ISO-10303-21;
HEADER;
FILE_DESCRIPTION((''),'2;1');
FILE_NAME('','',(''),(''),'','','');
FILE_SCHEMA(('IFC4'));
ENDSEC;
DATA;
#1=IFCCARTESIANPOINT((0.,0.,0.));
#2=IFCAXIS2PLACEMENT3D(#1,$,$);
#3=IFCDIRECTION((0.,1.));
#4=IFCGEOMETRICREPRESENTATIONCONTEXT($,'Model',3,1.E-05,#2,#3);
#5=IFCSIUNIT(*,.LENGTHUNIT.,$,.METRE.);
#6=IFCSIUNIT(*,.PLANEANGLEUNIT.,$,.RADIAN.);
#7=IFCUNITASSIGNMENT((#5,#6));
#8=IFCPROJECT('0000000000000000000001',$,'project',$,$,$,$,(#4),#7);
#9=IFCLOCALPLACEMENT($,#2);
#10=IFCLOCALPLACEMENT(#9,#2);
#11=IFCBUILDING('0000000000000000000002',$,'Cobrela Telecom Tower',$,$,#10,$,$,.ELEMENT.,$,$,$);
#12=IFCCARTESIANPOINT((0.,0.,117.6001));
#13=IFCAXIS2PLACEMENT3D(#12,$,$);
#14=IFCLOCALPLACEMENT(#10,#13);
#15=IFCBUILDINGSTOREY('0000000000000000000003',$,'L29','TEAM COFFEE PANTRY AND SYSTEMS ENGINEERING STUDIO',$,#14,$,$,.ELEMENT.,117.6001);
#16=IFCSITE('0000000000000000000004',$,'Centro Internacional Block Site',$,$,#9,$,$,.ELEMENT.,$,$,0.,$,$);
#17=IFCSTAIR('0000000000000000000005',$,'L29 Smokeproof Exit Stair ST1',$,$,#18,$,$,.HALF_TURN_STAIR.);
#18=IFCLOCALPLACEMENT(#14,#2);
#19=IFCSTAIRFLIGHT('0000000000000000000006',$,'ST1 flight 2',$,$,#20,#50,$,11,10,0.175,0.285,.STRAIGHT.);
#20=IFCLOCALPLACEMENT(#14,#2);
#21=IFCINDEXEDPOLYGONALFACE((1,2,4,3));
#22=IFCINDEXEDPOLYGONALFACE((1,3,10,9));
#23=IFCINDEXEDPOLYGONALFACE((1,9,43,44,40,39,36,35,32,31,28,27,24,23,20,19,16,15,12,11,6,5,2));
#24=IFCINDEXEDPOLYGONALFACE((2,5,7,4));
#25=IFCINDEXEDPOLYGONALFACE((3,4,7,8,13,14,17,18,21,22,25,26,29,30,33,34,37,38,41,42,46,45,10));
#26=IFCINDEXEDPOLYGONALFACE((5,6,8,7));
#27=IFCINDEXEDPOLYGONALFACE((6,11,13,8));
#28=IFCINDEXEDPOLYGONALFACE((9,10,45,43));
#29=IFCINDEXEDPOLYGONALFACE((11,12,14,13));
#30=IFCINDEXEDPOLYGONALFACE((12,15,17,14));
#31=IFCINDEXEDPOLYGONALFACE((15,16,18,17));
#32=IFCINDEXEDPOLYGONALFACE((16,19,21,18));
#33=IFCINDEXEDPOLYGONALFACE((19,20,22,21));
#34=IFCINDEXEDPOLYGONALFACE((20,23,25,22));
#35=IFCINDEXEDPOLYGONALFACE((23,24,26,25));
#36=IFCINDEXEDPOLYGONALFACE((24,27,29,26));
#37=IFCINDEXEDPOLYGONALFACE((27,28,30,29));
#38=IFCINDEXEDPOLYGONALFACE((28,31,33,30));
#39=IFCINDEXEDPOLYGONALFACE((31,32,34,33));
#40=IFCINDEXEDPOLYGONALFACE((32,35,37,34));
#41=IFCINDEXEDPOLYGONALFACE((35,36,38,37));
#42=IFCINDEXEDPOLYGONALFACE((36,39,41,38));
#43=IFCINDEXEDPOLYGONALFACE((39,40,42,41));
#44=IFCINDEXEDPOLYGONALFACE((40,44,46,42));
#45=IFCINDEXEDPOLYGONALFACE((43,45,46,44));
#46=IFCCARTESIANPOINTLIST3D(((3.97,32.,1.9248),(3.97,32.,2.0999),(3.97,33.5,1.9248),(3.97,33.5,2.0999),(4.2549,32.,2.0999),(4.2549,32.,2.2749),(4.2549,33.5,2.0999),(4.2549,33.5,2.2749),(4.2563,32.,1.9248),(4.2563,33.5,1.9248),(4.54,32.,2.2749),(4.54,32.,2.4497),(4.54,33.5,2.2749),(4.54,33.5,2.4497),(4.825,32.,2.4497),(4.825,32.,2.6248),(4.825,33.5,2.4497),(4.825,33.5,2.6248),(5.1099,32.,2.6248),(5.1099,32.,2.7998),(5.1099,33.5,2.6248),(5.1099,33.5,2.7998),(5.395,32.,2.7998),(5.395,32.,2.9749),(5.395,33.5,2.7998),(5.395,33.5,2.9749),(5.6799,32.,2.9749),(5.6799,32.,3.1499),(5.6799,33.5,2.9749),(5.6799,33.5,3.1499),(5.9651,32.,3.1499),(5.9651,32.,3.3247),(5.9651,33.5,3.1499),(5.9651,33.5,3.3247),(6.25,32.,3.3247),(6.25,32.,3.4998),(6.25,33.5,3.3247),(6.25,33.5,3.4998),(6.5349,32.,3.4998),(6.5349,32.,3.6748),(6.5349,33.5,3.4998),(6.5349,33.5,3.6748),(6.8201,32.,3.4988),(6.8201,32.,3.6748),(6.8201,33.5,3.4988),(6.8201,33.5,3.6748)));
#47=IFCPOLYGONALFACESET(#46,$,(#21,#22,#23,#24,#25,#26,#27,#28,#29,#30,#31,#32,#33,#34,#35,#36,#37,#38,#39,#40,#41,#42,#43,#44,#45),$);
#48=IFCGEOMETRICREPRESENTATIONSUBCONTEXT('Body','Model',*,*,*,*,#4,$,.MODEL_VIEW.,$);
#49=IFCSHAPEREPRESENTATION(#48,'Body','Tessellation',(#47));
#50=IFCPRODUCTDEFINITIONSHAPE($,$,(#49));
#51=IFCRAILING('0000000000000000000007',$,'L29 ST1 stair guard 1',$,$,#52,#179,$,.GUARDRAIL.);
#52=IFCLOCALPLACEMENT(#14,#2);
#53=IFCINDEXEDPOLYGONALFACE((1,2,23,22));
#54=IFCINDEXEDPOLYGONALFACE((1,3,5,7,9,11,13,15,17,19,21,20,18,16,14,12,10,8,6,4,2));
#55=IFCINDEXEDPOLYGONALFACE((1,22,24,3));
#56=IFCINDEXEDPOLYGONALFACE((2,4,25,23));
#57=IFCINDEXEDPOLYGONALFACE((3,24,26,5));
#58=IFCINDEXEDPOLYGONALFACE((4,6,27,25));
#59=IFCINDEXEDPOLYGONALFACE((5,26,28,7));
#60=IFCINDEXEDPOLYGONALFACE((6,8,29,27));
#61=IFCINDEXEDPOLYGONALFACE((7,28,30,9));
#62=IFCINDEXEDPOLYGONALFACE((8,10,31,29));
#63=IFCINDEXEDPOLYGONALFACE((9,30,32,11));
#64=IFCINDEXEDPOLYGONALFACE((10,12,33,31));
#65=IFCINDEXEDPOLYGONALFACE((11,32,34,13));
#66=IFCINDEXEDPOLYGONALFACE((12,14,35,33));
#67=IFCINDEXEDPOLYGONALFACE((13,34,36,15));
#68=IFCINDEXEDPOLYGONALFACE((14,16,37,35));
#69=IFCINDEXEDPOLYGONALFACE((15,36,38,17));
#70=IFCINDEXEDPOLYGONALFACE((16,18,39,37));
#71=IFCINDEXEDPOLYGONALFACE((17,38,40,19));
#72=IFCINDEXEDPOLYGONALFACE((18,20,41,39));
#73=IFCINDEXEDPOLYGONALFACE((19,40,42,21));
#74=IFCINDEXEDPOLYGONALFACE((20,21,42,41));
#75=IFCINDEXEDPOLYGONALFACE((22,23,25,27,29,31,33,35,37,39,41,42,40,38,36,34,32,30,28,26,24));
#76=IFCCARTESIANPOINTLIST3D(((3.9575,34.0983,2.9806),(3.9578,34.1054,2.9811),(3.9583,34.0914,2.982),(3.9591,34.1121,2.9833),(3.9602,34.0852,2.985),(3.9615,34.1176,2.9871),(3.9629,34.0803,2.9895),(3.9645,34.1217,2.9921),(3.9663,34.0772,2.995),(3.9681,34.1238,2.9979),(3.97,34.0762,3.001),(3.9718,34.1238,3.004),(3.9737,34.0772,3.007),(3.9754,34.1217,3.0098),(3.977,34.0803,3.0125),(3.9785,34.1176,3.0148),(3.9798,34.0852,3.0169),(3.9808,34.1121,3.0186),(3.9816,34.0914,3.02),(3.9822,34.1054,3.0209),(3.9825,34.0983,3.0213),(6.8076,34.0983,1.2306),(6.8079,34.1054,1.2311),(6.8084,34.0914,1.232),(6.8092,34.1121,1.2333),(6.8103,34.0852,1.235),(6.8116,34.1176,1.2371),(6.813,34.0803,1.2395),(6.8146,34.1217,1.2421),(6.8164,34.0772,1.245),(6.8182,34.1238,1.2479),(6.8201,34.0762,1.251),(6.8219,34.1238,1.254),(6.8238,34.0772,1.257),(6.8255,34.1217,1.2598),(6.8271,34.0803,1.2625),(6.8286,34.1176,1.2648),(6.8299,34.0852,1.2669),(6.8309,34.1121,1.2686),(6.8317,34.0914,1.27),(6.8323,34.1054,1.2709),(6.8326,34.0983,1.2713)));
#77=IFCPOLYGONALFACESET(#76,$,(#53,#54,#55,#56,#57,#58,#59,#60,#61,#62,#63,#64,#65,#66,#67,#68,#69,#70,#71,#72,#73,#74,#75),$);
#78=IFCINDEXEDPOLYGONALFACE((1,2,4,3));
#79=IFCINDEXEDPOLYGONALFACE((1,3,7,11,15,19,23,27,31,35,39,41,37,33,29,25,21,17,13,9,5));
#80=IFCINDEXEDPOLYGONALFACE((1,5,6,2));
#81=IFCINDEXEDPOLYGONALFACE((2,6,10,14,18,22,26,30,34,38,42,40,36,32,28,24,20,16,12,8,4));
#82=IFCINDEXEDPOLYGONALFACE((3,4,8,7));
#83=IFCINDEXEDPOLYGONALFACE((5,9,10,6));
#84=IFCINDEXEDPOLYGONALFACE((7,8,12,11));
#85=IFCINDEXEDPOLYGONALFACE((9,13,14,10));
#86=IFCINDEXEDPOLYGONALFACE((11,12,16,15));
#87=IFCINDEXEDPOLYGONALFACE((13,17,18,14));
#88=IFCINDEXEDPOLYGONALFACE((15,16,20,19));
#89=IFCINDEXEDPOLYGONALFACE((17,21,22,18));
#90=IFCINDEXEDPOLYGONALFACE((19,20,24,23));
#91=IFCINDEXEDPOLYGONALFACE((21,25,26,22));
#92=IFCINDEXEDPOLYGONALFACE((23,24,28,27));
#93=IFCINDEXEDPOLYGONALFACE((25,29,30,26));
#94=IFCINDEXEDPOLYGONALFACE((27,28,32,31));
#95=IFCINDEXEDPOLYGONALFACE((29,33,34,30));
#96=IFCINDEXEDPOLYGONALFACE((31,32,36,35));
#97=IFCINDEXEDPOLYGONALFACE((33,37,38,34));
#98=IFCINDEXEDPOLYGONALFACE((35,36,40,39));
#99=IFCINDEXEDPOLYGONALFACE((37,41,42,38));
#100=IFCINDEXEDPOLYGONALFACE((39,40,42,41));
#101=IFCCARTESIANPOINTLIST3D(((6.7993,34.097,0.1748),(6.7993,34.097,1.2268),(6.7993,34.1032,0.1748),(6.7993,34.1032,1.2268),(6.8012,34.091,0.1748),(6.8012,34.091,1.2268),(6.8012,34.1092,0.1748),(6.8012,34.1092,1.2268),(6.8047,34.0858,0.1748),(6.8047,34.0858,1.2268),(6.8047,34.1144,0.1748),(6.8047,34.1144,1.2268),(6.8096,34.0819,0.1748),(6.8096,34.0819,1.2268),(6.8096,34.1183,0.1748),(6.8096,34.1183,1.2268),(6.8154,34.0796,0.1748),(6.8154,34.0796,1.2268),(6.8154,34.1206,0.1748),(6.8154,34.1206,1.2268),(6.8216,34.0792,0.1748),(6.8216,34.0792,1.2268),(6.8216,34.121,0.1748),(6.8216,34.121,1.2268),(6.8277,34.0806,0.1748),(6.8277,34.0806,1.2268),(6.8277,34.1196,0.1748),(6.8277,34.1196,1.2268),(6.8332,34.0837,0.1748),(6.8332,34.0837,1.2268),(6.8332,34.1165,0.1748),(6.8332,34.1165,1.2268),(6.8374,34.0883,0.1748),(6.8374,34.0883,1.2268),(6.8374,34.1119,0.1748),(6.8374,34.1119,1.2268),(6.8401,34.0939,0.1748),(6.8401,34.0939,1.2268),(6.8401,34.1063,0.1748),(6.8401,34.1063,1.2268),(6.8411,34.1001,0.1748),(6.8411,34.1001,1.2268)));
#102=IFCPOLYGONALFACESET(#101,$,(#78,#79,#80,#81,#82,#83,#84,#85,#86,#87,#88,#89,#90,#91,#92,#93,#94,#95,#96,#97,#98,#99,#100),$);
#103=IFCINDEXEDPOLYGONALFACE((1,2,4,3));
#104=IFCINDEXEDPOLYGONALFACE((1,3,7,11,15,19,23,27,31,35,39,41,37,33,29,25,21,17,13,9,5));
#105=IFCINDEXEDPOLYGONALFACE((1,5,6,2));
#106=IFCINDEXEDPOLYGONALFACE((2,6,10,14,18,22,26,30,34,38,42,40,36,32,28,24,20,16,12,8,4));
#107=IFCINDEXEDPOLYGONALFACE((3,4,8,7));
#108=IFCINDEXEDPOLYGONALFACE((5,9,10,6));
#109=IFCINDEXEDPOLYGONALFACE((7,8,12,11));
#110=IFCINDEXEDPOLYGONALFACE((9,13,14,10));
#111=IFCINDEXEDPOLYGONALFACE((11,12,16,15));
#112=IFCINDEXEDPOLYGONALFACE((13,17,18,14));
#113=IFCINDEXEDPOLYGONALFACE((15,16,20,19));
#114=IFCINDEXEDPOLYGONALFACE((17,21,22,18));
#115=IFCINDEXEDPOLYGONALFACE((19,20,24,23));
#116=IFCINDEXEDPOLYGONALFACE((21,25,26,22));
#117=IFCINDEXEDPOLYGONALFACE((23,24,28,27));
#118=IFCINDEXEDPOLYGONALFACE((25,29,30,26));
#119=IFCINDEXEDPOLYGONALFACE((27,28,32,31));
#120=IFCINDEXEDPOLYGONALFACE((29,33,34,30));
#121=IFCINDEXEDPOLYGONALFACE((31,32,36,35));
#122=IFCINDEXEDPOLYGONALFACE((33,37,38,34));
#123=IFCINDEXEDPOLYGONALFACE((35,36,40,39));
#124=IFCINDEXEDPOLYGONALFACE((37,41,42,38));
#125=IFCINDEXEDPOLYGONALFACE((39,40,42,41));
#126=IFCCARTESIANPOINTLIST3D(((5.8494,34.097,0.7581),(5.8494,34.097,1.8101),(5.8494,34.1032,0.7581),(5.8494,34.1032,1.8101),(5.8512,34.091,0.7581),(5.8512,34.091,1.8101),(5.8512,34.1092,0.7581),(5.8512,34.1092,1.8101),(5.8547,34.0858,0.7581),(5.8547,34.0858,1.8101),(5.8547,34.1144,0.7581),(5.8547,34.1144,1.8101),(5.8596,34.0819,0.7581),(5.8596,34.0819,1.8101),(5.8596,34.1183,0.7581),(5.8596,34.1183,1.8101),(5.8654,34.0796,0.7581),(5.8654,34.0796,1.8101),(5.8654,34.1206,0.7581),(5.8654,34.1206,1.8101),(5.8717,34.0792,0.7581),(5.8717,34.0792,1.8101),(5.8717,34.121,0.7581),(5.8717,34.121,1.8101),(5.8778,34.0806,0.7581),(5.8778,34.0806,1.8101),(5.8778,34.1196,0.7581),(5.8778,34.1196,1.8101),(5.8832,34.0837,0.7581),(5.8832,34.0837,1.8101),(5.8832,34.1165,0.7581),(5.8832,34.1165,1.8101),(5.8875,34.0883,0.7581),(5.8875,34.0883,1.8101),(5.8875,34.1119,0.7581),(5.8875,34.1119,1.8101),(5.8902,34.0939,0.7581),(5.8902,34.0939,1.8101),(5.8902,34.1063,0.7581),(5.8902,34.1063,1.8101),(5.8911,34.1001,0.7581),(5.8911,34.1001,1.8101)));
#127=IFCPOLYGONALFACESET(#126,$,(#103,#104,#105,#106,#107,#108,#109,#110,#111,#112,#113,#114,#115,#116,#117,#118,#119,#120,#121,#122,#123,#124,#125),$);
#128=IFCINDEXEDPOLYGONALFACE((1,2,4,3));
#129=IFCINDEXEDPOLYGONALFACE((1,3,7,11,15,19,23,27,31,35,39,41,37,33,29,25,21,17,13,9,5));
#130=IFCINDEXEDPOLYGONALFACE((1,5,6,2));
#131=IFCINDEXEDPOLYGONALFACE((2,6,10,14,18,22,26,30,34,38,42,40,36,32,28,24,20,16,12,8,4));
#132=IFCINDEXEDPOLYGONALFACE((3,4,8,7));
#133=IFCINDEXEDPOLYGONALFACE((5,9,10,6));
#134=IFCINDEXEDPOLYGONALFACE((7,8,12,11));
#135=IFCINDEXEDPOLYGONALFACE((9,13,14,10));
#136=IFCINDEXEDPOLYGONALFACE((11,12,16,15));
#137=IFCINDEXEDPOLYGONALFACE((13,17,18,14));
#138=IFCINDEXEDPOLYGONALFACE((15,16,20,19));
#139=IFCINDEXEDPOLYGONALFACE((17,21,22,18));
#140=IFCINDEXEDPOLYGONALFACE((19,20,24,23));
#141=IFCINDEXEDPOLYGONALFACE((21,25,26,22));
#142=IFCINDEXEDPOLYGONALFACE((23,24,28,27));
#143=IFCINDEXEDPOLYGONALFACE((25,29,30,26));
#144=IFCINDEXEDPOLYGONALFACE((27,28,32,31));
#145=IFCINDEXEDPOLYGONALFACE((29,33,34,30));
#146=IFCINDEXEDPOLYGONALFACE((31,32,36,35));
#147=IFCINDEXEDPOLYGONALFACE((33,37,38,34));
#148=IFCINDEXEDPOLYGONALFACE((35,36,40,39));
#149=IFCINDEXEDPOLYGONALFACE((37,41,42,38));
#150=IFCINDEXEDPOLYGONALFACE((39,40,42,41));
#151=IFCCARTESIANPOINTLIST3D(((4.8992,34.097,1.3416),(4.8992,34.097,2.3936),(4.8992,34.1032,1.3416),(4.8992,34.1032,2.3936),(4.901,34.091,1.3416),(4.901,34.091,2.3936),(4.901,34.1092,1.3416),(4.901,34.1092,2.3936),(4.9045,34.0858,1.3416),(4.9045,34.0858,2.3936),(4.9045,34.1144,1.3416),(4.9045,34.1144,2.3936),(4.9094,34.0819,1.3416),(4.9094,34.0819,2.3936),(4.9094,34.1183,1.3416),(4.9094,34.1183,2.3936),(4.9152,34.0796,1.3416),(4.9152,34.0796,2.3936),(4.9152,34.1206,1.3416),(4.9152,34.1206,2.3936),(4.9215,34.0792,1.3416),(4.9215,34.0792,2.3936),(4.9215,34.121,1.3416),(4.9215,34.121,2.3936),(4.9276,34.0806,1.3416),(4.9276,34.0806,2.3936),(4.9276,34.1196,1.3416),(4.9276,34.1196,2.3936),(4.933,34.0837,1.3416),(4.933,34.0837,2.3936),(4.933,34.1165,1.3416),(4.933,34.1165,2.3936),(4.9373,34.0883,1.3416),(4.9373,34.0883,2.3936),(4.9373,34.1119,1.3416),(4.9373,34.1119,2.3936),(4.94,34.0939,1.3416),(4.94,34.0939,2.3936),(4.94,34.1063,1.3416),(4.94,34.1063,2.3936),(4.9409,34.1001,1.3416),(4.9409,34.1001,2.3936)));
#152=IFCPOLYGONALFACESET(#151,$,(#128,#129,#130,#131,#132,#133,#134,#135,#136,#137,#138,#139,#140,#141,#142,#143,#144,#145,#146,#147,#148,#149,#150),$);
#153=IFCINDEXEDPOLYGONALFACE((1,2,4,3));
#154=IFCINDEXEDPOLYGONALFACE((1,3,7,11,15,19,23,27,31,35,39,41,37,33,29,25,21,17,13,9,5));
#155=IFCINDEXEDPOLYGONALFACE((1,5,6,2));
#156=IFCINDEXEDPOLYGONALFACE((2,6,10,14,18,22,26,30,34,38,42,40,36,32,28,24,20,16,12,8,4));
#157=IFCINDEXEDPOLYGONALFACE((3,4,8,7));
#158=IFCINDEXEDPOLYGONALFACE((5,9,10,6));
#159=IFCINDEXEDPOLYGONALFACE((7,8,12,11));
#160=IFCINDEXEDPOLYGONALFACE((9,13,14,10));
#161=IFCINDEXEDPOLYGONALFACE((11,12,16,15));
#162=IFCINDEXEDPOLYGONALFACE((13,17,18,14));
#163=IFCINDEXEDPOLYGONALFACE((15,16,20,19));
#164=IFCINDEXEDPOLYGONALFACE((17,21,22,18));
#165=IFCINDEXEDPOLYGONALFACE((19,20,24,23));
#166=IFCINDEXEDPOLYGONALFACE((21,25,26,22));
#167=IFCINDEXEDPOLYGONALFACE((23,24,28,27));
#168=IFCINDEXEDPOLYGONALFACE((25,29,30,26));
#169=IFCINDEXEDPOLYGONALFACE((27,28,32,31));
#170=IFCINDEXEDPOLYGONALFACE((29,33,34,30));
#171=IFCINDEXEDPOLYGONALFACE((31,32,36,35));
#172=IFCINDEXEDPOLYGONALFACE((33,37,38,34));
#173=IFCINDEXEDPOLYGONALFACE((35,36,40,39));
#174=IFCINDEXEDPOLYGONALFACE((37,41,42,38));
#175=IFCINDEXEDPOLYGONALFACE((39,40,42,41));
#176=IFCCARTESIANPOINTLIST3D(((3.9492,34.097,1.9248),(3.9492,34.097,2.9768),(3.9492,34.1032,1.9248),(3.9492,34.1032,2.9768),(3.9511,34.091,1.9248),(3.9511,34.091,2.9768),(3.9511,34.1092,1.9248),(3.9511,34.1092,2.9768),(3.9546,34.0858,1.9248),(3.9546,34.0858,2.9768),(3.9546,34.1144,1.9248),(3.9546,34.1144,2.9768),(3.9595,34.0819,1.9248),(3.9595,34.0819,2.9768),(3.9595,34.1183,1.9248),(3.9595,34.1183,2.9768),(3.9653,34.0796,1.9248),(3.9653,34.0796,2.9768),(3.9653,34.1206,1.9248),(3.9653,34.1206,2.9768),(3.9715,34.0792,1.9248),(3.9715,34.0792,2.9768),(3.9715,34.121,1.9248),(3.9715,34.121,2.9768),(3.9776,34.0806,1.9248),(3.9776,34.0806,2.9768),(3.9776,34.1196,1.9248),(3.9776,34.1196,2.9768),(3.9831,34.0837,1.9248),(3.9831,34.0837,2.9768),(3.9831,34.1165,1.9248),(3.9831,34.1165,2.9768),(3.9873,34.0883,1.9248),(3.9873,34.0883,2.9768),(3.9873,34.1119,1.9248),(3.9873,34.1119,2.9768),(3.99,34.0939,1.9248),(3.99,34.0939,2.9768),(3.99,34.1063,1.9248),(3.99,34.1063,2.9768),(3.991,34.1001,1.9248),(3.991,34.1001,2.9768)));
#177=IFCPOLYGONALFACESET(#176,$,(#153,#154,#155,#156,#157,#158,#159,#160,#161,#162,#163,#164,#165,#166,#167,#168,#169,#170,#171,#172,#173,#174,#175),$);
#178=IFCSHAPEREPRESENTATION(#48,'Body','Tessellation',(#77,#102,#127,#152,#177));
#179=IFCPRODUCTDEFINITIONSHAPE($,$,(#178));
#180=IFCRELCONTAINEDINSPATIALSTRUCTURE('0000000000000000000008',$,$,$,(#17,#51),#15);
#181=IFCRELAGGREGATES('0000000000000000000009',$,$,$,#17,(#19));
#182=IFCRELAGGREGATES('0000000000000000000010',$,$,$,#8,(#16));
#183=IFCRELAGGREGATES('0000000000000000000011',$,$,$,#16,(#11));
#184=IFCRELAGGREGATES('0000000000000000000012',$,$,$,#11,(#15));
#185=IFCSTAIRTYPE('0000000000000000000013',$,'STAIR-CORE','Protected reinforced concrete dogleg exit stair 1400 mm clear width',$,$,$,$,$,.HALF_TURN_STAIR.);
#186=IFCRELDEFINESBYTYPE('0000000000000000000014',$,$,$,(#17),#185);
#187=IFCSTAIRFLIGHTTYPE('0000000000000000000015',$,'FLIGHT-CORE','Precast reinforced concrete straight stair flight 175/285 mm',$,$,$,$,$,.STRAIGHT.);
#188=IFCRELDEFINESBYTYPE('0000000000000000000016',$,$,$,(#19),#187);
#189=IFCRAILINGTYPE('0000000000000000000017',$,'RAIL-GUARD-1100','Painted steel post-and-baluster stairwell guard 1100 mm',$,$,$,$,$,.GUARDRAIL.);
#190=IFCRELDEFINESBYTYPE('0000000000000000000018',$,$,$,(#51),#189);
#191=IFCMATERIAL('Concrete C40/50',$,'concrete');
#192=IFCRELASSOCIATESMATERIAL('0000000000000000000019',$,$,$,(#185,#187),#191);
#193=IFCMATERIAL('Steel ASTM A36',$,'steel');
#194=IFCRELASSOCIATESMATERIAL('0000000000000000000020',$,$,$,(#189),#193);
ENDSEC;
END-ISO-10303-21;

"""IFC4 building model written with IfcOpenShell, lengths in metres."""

from ifc_helpers import new_model, si_unit, direction, frame, origin, origin_2d, place, context, subcontext, project, spatial, polyline, circle, outline, extrude, material, type_object, element, aggregate, save


model = new_model("IFC4")

# Units and contexts
model_context = context("Model", 3, precision=1e-05, world=origin(), true_north=direction((0.0, 1.0)))
body_context = subcontext(model_context, "Body", "Model", "MODEL_VIEW")
ifc_project = project(units=[si_unit("LENGTHUNIT", "METRE"), si_unit("PLANEANGLEUNIT", "RADIAN")], contexts=[model_context])

# Site, building, storey
site_placement = place(None, origin())
site = spatial("IfcSite", under=ifc_project, at=site_placement, Name="Centro Internacional Block Site", CompositionType="ELEMENT", RefElevation=0.0)
building_placement = place(site_placement, origin())
building = spatial("IfcBuilding", under=site, at=building_placement, Name="Cobrela Telecom Tower", CompositionType="ELEMENT")
storey_placement = place(building_placement, frame((0.0, 0.0, 117.6001)))
storey = spatial("IfcBuildingStorey", under=building, at=storey_placement, Name="L29", Description="TEAM COFFEE PANTRY AND SYSTEMS ENGINEERING STUDIO", CompositionType="ELEMENT", Elevation=117.6001)

# Shared definitions
ifc_material_1 = material(Name="Steel ASTM A36", Category="steel")

# Shared definitions
ifc_material_2 = material(Name="Concrete C40/50", Category="concrete")

# Stair, stair flight
stair_type = type_object("IfcStairType", Name="STAIR-CORE", Description="Protected reinforced concrete dogleg exit stair 1400 mm clear width", PredefinedType="HALF_TURN_STAIR", material=ifc_material_2)
stair_placement = place(storey_placement, origin())
stair = element("IfcStair", 1, at=stair_placement, inside=storey, type_object=stair_type, Name="L29 Smokeproof Exit Stair ST1", PredefinedType="HALF_TURN_STAIR")
stair_flight_type = type_object("IfcStairFlightType", Name="FLIGHT-CORE", Description="Precast reinforced concrete straight stair flight 175/285 mm", PredefinedType="STRAIGHT", material=ifc_material_2)
stair_flight_1_placement = place(storey_placement, frame((3.97, 32.75, 1.9248), z_axis=(0.0, 0.0, 1.0), x_axis=(1.0, 0.0, 0.0)))
stair_flight_1 = element("IfcStairFlight", 2, at=stair_flight_1_placement, type_object=stair_flight_type, Name="ST1 flight 2", NumberOfRisers=11, NumberOfTreads=10, PredefinedType="STRAIGHT", RiserHeight=0.175, TreadLength=0.285, context=body_context, shape_type="SweptSolid", body=[
    extrude(outline(polyline([(0.0, 0.0), (0.0, 0.175), (0.2849, 0.175), (0.2849, 0.3501), (0.5701, 0.3501), (0.5701, 0.5249), (0.855, 0.5249), (0.855, 0.7), (1.1399, 0.7), (1.1399, 0.875), (1.425, 0.875), (1.425, 1.05), (1.71, 1.05), (1.71, 1.2251), (1.9951, 1.2251), (1.9951, 1.3999), (2.28, 1.3999), (2.28, 1.575), (2.5649, 1.575), (2.5649, 1.75), (2.8501, 1.75), (2.8501, 1.925), (2.8501, 1.574), (0.2864, 0.0), (0.0, 0.0)])), frame((0.0, 0.75, 0.0), z_axis=(0.0, -1.0, 0.0), x_axis=(1.0, 0.0, 0.0)), (0.0, 0.0, 1.0), 1.5),
])
aggregate(stair, [stair_flight_1])

# Railing
railing_type_1 = type_object("IfcRailingType", Name="RAIL-GUARD-1100", Description="Painted steel post-and-baluster stairwell guard 1100 mm", PredefinedType="GUARDRAIL", material=ifc_material_1)
railing_1_placement = place(storey_placement, frame((6.8201, 34.1001, 0.1748)))
element("IfcRailing", 3, at=railing_1_placement, inside=storey, type_object=railing_type_1, Name="L29 ST1 stair guard 1", PredefinedType="GUARDRAIL", context=body_context, shape_type="SweptSolid", body=[
    extrude(circle(Radius=0.0239, at=origin_2d()), frame((0.0, 0.0, 1.0762), z_axis=(-0.852179, 0.0, 0.52325), x_axis=(0.0, -1.0, 0.0)), (0.0, 0.0, 1.0), 3.3445),
    extrude(circle(Radius=0.021, at=origin_2d()), origin(), (0.0, 0.0, 1.0), 1.052),
    extrude(circle(Radius=0.021, at=origin_2d()), frame((-0.95, 0.0, 0.5833)), (0.0, 0.0, 1.0), 1.052),
    extrude(circle(Radius=0.021, at=origin_2d()), frame((-1.9001, 0.0, 1.1667)), (0.0, 0.0, 1.0), 1.052),
    extrude(circle(Radius=0.021, at=origin_2d()), frame((-2.8501, 0.0, 1.75)), (0.0, 0.0, 1.0), 1.052),
])

save(model, "model.ifc")
